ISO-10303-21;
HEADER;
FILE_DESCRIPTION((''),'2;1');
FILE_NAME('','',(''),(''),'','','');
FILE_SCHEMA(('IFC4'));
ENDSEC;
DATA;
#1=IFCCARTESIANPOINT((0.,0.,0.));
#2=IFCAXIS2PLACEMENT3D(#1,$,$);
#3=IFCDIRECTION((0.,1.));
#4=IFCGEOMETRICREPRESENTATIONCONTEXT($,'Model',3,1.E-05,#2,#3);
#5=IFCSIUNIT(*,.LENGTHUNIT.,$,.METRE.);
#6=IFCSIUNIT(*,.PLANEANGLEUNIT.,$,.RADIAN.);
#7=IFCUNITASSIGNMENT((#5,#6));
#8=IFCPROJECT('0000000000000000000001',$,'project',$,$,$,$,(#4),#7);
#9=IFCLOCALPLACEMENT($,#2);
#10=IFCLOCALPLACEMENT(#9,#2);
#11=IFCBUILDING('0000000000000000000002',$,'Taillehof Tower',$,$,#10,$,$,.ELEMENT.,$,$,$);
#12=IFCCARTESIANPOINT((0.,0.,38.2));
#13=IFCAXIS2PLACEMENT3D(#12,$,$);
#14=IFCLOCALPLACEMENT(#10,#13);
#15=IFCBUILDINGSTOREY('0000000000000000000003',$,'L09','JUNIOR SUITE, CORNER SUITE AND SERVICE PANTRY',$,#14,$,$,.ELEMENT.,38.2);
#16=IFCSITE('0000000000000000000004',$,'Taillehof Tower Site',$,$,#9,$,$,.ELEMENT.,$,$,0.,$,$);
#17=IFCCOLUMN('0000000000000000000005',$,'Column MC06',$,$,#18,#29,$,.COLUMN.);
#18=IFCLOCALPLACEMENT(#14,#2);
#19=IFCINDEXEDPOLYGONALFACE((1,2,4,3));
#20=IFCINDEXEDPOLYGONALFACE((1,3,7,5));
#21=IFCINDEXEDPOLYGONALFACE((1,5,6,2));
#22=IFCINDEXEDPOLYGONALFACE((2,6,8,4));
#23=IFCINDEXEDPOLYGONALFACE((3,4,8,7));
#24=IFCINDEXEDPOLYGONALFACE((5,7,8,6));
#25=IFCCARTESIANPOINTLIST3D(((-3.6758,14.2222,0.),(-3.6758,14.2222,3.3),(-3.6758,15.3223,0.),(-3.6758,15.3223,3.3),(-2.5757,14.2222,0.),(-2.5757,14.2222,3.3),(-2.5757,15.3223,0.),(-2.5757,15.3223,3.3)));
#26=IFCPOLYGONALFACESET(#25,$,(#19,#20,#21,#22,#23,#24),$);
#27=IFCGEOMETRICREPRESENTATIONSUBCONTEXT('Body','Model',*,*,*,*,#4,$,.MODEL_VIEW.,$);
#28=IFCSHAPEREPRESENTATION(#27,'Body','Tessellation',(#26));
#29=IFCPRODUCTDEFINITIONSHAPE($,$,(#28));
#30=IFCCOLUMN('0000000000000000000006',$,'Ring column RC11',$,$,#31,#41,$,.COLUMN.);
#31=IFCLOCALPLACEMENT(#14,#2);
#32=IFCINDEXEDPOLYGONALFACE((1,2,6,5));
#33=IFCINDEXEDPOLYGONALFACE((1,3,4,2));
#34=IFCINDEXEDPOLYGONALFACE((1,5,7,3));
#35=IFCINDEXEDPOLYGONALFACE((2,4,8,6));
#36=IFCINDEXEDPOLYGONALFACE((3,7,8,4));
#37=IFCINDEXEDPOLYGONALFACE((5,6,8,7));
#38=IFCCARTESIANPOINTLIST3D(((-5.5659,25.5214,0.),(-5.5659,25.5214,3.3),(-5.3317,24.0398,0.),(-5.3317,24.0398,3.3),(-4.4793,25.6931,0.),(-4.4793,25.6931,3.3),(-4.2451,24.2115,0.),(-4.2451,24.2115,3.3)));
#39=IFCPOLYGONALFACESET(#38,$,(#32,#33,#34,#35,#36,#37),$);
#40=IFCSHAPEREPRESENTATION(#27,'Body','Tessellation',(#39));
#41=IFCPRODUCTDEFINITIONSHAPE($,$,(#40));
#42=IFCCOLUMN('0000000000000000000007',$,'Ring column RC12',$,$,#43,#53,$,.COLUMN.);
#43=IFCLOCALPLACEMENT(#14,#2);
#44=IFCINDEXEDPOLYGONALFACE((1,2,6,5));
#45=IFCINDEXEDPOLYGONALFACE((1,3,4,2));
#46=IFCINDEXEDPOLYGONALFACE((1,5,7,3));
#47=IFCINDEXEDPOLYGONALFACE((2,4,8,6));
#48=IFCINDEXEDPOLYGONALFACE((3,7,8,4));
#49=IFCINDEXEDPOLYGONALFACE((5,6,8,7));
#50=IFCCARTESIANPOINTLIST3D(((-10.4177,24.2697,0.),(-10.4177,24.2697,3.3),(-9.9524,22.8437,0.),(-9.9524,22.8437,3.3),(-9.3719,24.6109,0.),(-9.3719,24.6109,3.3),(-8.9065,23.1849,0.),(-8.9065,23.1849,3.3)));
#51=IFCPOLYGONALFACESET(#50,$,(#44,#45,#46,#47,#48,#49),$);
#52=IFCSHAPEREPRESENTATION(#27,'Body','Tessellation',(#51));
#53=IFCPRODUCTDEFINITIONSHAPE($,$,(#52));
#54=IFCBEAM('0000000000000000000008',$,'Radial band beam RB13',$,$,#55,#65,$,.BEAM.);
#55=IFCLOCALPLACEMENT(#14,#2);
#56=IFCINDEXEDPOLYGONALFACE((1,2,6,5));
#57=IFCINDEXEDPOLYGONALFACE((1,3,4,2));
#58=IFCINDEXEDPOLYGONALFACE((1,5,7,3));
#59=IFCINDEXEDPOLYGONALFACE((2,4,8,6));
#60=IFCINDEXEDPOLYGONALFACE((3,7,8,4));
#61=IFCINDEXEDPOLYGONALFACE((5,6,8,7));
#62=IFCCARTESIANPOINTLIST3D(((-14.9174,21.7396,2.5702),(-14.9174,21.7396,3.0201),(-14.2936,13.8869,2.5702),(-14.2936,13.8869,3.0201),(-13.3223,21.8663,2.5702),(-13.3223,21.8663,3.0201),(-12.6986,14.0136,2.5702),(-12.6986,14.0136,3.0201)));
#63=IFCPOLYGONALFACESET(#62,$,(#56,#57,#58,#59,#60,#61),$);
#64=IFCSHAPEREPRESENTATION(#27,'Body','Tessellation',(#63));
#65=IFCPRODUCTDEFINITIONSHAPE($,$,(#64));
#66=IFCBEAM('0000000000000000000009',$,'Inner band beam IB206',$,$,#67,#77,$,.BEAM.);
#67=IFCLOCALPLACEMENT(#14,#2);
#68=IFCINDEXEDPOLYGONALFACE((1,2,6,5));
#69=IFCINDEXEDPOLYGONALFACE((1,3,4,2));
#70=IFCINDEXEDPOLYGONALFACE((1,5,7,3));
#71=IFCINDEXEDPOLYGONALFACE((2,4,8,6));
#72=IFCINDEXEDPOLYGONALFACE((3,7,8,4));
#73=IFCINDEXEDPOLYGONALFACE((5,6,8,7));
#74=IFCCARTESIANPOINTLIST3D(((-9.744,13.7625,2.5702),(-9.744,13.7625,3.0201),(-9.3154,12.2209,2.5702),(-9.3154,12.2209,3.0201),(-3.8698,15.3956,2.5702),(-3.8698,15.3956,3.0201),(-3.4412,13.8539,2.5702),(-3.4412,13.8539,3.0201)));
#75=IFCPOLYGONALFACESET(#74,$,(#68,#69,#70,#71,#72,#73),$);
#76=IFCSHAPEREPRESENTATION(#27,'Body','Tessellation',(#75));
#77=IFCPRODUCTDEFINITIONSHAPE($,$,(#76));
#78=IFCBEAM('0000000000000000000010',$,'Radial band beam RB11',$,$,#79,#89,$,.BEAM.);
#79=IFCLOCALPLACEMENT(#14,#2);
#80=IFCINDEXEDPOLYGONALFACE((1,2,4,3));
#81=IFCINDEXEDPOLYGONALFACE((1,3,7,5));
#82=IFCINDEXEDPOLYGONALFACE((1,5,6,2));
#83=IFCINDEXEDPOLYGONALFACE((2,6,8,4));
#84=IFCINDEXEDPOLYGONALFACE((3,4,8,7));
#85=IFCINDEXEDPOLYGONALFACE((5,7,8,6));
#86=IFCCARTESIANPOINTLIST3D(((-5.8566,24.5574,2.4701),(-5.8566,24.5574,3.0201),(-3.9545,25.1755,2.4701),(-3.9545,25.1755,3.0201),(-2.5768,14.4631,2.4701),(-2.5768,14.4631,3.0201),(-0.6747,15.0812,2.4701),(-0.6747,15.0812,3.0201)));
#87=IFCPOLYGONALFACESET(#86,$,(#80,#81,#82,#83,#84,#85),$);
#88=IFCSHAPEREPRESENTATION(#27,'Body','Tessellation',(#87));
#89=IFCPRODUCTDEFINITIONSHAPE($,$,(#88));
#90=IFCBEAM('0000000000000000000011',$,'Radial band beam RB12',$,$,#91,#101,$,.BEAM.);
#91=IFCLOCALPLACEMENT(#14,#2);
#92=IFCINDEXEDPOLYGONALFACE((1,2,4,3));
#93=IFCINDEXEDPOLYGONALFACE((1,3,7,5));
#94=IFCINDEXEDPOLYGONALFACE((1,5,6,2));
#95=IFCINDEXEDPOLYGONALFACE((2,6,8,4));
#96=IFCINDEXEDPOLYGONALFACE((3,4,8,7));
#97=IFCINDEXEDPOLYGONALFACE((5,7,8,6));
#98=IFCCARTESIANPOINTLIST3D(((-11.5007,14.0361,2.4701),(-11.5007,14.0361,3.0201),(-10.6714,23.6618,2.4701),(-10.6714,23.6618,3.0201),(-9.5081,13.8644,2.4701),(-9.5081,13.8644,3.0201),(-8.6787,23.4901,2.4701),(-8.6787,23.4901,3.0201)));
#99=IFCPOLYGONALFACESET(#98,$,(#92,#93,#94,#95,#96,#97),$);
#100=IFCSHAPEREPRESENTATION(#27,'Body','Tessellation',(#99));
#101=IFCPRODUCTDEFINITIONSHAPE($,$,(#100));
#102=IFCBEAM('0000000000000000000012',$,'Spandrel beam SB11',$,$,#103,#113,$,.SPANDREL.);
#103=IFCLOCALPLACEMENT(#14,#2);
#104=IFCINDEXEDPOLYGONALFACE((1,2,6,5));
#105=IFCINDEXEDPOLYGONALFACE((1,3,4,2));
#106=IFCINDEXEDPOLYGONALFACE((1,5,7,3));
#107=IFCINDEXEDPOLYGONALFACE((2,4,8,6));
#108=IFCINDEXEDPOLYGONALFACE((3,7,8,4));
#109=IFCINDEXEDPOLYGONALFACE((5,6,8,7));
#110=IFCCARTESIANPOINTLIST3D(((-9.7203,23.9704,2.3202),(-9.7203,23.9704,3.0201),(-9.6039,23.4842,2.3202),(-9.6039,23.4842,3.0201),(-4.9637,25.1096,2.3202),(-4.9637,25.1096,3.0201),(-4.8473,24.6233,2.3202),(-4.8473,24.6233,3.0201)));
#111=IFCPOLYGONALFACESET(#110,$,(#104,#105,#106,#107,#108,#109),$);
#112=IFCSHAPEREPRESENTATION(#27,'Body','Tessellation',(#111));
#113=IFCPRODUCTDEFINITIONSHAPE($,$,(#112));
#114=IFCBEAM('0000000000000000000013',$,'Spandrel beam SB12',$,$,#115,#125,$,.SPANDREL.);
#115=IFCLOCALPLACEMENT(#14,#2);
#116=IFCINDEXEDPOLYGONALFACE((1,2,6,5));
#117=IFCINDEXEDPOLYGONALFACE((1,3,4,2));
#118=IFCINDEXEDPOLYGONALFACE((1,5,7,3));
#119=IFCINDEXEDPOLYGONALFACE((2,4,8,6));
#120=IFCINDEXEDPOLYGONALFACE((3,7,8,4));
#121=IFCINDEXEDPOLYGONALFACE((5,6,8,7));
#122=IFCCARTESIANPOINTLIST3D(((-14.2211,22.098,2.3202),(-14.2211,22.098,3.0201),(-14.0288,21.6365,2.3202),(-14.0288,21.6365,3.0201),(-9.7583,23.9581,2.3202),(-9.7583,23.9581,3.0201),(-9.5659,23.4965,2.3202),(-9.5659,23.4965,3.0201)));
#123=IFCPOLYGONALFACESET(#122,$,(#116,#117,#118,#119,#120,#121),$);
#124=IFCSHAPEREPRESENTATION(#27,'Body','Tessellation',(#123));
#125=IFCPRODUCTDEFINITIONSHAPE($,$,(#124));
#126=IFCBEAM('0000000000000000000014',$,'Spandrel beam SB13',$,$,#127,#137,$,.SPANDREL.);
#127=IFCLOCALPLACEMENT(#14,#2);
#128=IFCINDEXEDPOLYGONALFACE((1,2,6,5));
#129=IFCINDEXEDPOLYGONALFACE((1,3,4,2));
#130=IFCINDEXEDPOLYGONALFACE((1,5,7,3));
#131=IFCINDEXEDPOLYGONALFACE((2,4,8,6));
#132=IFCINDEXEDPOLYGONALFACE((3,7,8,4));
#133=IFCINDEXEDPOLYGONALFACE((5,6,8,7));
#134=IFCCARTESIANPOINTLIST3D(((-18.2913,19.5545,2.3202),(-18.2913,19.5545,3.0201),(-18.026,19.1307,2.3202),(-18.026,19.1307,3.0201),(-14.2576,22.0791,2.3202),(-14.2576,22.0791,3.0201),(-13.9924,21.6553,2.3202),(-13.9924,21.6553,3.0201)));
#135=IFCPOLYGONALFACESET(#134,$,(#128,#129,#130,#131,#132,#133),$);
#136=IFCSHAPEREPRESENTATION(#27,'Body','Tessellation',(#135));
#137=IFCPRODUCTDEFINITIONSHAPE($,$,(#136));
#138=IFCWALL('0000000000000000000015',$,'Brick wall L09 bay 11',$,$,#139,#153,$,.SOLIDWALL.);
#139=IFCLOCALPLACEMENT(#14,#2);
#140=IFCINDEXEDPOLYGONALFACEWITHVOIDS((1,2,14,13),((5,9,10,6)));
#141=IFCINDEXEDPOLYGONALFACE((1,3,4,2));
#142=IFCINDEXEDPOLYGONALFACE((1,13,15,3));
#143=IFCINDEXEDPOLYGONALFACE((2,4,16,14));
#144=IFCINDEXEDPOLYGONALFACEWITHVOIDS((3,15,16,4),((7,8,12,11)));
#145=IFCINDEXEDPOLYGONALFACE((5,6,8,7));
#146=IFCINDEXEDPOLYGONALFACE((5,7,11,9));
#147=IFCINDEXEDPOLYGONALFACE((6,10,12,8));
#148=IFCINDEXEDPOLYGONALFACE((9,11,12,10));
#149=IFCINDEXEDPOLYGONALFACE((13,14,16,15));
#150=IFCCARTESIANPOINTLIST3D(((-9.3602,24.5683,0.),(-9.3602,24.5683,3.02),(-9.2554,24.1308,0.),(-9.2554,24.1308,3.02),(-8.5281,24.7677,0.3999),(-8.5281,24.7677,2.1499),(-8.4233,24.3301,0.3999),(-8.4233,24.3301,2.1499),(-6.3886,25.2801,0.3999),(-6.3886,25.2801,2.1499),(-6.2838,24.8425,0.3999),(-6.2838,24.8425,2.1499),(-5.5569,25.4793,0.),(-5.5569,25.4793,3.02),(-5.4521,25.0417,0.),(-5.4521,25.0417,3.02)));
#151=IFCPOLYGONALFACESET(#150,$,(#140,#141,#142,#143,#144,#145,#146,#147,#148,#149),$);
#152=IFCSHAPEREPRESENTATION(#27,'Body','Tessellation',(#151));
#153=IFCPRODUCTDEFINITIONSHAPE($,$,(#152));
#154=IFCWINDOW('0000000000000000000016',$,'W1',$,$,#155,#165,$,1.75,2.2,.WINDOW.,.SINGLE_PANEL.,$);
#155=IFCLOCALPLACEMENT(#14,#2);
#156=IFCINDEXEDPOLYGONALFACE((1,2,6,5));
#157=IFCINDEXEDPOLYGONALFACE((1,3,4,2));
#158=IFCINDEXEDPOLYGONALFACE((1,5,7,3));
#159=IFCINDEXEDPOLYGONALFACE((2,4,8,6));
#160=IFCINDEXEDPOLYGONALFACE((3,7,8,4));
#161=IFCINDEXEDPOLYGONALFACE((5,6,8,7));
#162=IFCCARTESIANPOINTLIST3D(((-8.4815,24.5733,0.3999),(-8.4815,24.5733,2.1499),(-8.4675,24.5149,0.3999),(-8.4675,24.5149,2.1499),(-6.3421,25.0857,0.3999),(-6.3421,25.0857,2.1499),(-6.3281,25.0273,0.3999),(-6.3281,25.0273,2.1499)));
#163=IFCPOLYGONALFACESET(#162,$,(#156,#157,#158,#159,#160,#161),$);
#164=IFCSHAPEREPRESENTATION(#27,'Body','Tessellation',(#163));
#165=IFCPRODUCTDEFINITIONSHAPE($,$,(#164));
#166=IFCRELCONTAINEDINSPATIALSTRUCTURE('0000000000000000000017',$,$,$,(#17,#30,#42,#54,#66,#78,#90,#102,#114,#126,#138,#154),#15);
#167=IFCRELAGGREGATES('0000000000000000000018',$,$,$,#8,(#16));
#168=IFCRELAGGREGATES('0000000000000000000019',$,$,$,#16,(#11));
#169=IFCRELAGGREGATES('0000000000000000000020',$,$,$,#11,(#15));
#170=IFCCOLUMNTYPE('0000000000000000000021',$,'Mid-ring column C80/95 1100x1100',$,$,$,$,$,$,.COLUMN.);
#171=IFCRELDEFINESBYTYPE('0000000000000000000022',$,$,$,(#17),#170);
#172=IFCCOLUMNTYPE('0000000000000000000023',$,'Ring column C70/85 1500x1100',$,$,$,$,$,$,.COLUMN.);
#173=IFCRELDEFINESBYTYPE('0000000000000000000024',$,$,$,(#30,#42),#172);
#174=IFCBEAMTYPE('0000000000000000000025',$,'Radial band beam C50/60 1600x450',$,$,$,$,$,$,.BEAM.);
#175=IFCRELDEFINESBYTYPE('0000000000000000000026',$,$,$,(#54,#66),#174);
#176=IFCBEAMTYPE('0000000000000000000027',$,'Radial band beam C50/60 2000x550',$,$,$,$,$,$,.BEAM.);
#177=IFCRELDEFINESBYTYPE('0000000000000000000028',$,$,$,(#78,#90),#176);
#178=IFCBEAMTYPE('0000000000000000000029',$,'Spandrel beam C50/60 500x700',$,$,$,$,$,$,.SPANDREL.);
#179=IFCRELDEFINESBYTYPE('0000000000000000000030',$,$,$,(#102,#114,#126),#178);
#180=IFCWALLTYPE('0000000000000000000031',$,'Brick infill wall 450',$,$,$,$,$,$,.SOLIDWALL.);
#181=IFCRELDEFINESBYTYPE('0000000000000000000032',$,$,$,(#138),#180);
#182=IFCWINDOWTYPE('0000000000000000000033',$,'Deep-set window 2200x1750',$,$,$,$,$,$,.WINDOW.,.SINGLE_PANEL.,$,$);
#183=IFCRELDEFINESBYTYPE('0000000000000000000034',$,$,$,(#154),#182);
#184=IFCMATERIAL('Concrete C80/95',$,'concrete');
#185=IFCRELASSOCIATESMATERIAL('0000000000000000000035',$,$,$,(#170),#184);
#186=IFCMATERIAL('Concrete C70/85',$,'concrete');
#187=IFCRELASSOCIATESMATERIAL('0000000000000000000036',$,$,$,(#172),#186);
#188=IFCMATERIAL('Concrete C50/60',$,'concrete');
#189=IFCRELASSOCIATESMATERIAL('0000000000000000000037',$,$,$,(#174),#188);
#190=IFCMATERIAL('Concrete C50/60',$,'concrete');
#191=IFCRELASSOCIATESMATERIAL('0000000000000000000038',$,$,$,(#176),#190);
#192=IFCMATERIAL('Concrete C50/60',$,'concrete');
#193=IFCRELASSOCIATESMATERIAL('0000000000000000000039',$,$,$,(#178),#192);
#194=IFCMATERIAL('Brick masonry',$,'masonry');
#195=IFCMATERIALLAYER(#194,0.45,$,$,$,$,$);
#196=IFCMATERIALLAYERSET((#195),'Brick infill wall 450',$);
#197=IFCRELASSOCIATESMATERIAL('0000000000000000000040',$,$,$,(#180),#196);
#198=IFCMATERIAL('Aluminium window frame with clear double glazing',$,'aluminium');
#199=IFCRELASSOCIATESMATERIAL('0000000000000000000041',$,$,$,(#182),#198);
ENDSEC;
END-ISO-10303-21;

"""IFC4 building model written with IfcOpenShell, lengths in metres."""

from ifc_helpers import new_model, si_unit, direction, frame, frame_2d, origin, origin_2d, place, context, subcontext, project, spatial, rectangle, extrude, material, layer, layer_set, material_profile, profile_set, type_object, element, fill, save


model = new_model("IFC4")

# Units and contexts
model_context = context("Model", 3, precision=1e-05, world=origin(), true_north=direction((0.0, 1.0)))
body_context = subcontext(model_context, "Body", "Model", "MODEL_VIEW")
ifc_project = project(units=[si_unit("LENGTHUNIT", "METRE"), si_unit("PLANEANGLEUNIT", "RADIAN")], contexts=[model_context])

# Site, building, storey
site_placement = place(None, origin())
site = spatial("IfcSite", under=ifc_project, at=site_placement, Name="Taillehof Tower Site", CompositionType="ELEMENT", RefElevation=0.0)
building_placement = place(site_placement, origin())
building = spatial("IfcBuilding", under=site, at=building_placement, Name="Taillehof Tower", CompositionType="ELEMENT")
storey_placement = place(building_placement, frame((0.0, 0.0, 38.2)))
storey = spatial("IfcBuildingStorey", under=building, at=storey_placement, Name="L09", Description="JUNIOR SUITE, CORNER SUITE AND SERVICE PANTRY", CompositionType="ELEMENT", Elevation=38.2)

# Columns
ifc_material_1 = material(Name="Concrete C80/95", Category="concrete")
ifc_material_profile_1 = material_profile(ifc_material_1, rectangle(XDim=1.1001, YDim=1.1001, at=origin_2d()), Name="RC 1100x1100")
ifc_profile_set_1 = profile_set([ifc_material_profile_1], Name="Concrete C80/95")
column_type_1 = type_object("IfcColumnType", Name="Mid-ring column C80/95 1100x1100", PredefinedType="COLUMN", material=ifc_profile_set_1)
column_placement = place(storey_placement, frame((-3.1257, 14.7722, 0.0), z_axis=(0.0, 0.0, 1.0), x_axis=(1.0, 0.0, 0.0)))
element("IfcColumn", 1, at=column_placement, inside=storey, type_object=column_type_1, Name="Column MC06", PredefinedType="COLUMN", context=body_context, shape_type="SweptSolid", body=[
    extrude(rectangle(XDim=1.1001, YDim=1.1001, at=origin_2d()), origin(), (0.0, 0.0, 1.0), 3.3),
])
ifc_material_2 = material(Name="Concrete C70/85", Category="concrete")
ifc_material_profile_2 = material_profile(ifc_material_2, rectangle(XDim=1.5, YDim=1.1001, at=origin_2d()), Name="RC 1500x1100")
ifc_profile_set_2 = profile_set([ifc_material_profile_2], Name="Concrete C70/85")
column_type_2 = type_object("IfcColumnType", Name="Ring column C70/85 1500x1100", PredefinedType="COLUMN", material=ifc_profile_set_2)
for number, where, z_axis, x_axis, name in (
    (2, (-4.9055, 24.8665, 0.0), (0.0, 0.0, 1.0), (-0.156147, 0.987734, 0.0), "Ring column RC11"),
    (3, (-9.6621, 23.7273, 0.0), (0.0, 0.0, 1.0), (-0.310219, 0.950665, 0.0), "Ring column RC12"),
):
    element("IfcColumn", number, at=place(storey_placement, frame(where, z_axis=z_axis, x_axis=x_axis)), inside=storey, type_object=column_type_2, Name=name, PredefinedType="COLUMN", context=body_context, shape_type="SweptSolid", body=[
        extrude(rectangle(XDim=1.5, YDim=1.1001, at=origin_2d()), origin(), (0.0, 0.0, 1.0), 3.3),
    ])

# Beams
ifc_material_3 = material(Name="Concrete C50/60", Category="concrete")
ifc_material_profile_3 = material_profile(ifc_material_3, rectangle(XDim=1.6001, YDim=0.45, at=origin_2d()), Name="RC 1600x450")
ifc_profile_set_3 = profile_set([ifc_material_profile_3], Name="Concrete C50/60")
beam_type_1 = type_object("IfcBeamType", Name="Radial band beam C50/60 1600x450", PredefinedType="BEAM", material=ifc_profile_set_3)
beam_1_placement = place(storey_placement, frame((-14.1199, 21.803, 2.7952), z_axis=(0.079185, -0.99686, 0.0), x_axis=(0.99686, 0.079185, 0.0)))
element("IfcBeam", 4, at=beam_1_placement, inside=storey, type_object=beam_type_1, Name="Radial band beam RB13", PredefinedType="BEAM", context=body_context, shape_type="SweptSolid", body=[
    extrude(rectangle(XDim=1.6001, YDim=0.45, at=origin_2d()), origin(), (0.0, 0.0, 1.0), 7.8774),
])
beam_2_placement = place(storey_placement, frame((-3.6555, 14.6248, 2.7952), z_axis=(-0.963459, -0.267855, 0.0), x_axis=(0.267855, -0.963459, 0.0)))
element("IfcBeam", 5, at=beam_2_placement, inside=storey, type_object=beam_type_1, Name="Inner band beam IB206", PredefinedType="BEAM", context=body_context, shape_type="SweptSolid", body=[
    extrude(rectangle(XDim=1.6001, YDim=0.45, at=origin_2d()), origin(), (0.0, 0.0, 1.0), 6.0969),
])
ifc_material_4 = material(Name="Concrete C50/60", Category="concrete")
ifc_material_profile_4 = material_profile(ifc_material_4, rectangle(XDim=2.0, YDim=0.55, at=origin_2d()), Name="RC 2000x550")
ifc_profile_set_4 = profile_set([ifc_material_profile_4], Name="Concrete C50/60")
beam_type_2 = type_object("IfcBeamType", Name="Radial band beam C50/60 2000x550", PredefinedType="BEAM", material=ifc_profile_set_4)
beam_3_placement = place(storey_placement, frame((-4.9055, 24.8665, 2.7451), z_axis=(0.309014, -0.951057, 0.0), x_axis=(0.951057, 0.309014, 0.0)))
element("IfcBeam", 6, at=beam_3_placement, inside=storey, type_object=beam_type_2, Name="Radial band beam RB11", PredefinedType="BEAM", context=body_context, shape_type="SweptSolid", body=[
    extrude(rectangle(XDim=2.0, YDim=0.55, at=origin_2d()), origin(), (0.0, 0.0, 1.0), 10.6138),
])
beam_4_placement = place(storey_placement, frame((-9.675, 23.5759, 2.7451), z_axis=(-0.085841, -0.996309, 0.0), x_axis=(0.996309, -0.085841, 0.0)))
element("IfcBeam", 7, at=beam_4_placement, inside=storey, type_object=beam_type_2, Name="Radial band beam RB12", PredefinedType="BEAM", context=body_context, shape_type="SweptSolid", body=[
    extrude(rectangle(XDim=2.0, YDim=0.55, at=origin_2d()), origin(), (0.0, 0.0, 1.0), 9.6614),
])
ifc_material_5 = material(Name="Concrete C50/60", Category="concrete")
ifc_material_profile_5 = material_profile(ifc_material_5, rectangle(XDim=0.5, YDim=0.7, at=origin_2d()), Name="RC 500x700")
ifc_profile_set_5 = profile_set([ifc_material_profile_5], Name="Concrete C50/60")
beam_type_3 = type_object("IfcBeamType", Name="Spandrel beam C50/60 500x700", PredefinedType="SPANDREL", material=ifc_profile_set_5)
beam_5_placement = place(storey_placement, frame((-4.9055, 24.8665, 2.6702), z_axis=(-0.9725, -0.232905, 0.0), x_axis=(0.232905, -0.9725, 0.0)))
element("IfcBeam", 8, at=beam_5_placement, inside=storey, type_object=beam_type_3, Name="Spandrel beam SB11", PredefinedType="SPANDREL", context=body_context, shape_type="SweptSolid", body=[
    extrude(rectangle(XDim=0.5, YDim=0.7, at=origin_2d()), origin(), (0.0, 0.0, 1.0), 4.8911),
])
beam_6_placement = place(storey_placement, frame((-9.6621, 23.7273, 2.6702), z_axis=(-0.923035, -0.384716, 0.0), x_axis=(0.384716, -0.923035, 0.0)))
element("IfcBeam", 9, at=beam_6_placement, inside=storey, type_object=beam_type_3, Name="Spandrel beam SB12", PredefinedType="SPANDREL", context=body_context, shape_type="SweptSolid", body=[
    extrude(rectangle(XDim=0.5, YDim=0.7, at=origin_2d()), origin(), (0.0, 0.0, 1.0), 4.835),
])
beam_7_placement = place(storey_placement, frame((-14.125, 21.8672, 2.6702), z_axis=(-0.847658, -0.530543, 0.0), x_axis=(0.530543, -0.847658, 0.0)))
element("IfcBeam", 10, at=beam_7_placement, inside=storey, type_object=beam_type_3, Name="Spandrel beam SB13", PredefinedType="SPANDREL", context=body_context, shape_type="SweptSolid", body=[
    extrude(rectangle(XDim=0.5, YDim=0.7, at=origin_2d()), origin(), (0.0, 0.0, 1.0), 4.7585),
])

# Wall, opening, window
ifc_material_6 = material(Name="Brick masonry", Category="masonry")
ifc_layer_1 = layer(ifc_material_6, 0.45)
ifc_layer_set_1 = layer_set([ifc_layer_1], Name="Brick infill wall 450")
wall_type_1 = type_object("IfcWallType", Name="Brick infill wall 450", PredefinedType="SOLIDWALL", material=ifc_layer_set_1)
wall_1_placement = place(storey_placement, frame((-5.5044, 25.2605, 0.0), z_axis=(0.0, 0.0, 1.0), x_axis=(-0.972497, -0.232917, 0.0)))
wall_1 = element("IfcWall", 11, at=wall_1_placement, inside=storey, type_object=wall_type_1, Name="Brick wall L09 bay 11", PredefinedType="SOLIDWALL", context=body_context, shape_type="SweptSolid", body=[
    extrude(rectangle(XDim=3.9109, YDim=0.45, at=frame_2d((1.9556, 0.0))), origin(), (0.0, 0.0, 1.0), 3.02),
])
opening_1_placement = place(wall_1_placement, frame((0.8552, 0.0, 0.3999)))
opening_1 = element("IfcOpeningElement", 12, at=opening_1_placement, cuts=wall_1, PredefinedType="OPENING", context=body_context, shape_type="SweptSolid", body=[
    extrude(rectangle(XDim=2.2, YDim=1.75, at=frame_2d((1.1001, 0.875))), frame((0.0, 0.2349, 0.0), z_axis=(0.0, -1.0, 0.0), x_axis=(1.0, 0.0, 0.0)), (0.0, 0.0, 1.0), 0.47),
])
ifc_material_7 = material(Name="Aluminium window frame with clear double glazing", Category="aluminium")
window_type = type_object("IfcWindowType", Name="Deep-set window 2200x1750", PartitioningType="SINGLE_PANEL", PredefinedType="WINDOW", material=ifc_material_7)
window_1_placement = place(opening_1_placement, origin())
window_1 = element("IfcWindow", 13, at=window_1_placement, inside=storey, type_object=window_type, Name="W1", OverallHeight=1.75, OverallWidth=2.2, PartitioningType="SINGLE_PANEL", PredefinedType="WINDOW", context=body_context, shape_type="SweptSolid", body=[
    extrude(rectangle(XDim=2.2, YDim=1.75, at=frame_2d((1.1001, 0.875))), frame((0.0, 0.0349, 0.0), z_axis=(0.0, -1.0, 0.0), x_axis=(1.0, 0.0, 0.0)), (0.0, 0.0, 1.0), 0.0601),
])
fill(opening_1, window_1)

save(model, "model.ifc")
